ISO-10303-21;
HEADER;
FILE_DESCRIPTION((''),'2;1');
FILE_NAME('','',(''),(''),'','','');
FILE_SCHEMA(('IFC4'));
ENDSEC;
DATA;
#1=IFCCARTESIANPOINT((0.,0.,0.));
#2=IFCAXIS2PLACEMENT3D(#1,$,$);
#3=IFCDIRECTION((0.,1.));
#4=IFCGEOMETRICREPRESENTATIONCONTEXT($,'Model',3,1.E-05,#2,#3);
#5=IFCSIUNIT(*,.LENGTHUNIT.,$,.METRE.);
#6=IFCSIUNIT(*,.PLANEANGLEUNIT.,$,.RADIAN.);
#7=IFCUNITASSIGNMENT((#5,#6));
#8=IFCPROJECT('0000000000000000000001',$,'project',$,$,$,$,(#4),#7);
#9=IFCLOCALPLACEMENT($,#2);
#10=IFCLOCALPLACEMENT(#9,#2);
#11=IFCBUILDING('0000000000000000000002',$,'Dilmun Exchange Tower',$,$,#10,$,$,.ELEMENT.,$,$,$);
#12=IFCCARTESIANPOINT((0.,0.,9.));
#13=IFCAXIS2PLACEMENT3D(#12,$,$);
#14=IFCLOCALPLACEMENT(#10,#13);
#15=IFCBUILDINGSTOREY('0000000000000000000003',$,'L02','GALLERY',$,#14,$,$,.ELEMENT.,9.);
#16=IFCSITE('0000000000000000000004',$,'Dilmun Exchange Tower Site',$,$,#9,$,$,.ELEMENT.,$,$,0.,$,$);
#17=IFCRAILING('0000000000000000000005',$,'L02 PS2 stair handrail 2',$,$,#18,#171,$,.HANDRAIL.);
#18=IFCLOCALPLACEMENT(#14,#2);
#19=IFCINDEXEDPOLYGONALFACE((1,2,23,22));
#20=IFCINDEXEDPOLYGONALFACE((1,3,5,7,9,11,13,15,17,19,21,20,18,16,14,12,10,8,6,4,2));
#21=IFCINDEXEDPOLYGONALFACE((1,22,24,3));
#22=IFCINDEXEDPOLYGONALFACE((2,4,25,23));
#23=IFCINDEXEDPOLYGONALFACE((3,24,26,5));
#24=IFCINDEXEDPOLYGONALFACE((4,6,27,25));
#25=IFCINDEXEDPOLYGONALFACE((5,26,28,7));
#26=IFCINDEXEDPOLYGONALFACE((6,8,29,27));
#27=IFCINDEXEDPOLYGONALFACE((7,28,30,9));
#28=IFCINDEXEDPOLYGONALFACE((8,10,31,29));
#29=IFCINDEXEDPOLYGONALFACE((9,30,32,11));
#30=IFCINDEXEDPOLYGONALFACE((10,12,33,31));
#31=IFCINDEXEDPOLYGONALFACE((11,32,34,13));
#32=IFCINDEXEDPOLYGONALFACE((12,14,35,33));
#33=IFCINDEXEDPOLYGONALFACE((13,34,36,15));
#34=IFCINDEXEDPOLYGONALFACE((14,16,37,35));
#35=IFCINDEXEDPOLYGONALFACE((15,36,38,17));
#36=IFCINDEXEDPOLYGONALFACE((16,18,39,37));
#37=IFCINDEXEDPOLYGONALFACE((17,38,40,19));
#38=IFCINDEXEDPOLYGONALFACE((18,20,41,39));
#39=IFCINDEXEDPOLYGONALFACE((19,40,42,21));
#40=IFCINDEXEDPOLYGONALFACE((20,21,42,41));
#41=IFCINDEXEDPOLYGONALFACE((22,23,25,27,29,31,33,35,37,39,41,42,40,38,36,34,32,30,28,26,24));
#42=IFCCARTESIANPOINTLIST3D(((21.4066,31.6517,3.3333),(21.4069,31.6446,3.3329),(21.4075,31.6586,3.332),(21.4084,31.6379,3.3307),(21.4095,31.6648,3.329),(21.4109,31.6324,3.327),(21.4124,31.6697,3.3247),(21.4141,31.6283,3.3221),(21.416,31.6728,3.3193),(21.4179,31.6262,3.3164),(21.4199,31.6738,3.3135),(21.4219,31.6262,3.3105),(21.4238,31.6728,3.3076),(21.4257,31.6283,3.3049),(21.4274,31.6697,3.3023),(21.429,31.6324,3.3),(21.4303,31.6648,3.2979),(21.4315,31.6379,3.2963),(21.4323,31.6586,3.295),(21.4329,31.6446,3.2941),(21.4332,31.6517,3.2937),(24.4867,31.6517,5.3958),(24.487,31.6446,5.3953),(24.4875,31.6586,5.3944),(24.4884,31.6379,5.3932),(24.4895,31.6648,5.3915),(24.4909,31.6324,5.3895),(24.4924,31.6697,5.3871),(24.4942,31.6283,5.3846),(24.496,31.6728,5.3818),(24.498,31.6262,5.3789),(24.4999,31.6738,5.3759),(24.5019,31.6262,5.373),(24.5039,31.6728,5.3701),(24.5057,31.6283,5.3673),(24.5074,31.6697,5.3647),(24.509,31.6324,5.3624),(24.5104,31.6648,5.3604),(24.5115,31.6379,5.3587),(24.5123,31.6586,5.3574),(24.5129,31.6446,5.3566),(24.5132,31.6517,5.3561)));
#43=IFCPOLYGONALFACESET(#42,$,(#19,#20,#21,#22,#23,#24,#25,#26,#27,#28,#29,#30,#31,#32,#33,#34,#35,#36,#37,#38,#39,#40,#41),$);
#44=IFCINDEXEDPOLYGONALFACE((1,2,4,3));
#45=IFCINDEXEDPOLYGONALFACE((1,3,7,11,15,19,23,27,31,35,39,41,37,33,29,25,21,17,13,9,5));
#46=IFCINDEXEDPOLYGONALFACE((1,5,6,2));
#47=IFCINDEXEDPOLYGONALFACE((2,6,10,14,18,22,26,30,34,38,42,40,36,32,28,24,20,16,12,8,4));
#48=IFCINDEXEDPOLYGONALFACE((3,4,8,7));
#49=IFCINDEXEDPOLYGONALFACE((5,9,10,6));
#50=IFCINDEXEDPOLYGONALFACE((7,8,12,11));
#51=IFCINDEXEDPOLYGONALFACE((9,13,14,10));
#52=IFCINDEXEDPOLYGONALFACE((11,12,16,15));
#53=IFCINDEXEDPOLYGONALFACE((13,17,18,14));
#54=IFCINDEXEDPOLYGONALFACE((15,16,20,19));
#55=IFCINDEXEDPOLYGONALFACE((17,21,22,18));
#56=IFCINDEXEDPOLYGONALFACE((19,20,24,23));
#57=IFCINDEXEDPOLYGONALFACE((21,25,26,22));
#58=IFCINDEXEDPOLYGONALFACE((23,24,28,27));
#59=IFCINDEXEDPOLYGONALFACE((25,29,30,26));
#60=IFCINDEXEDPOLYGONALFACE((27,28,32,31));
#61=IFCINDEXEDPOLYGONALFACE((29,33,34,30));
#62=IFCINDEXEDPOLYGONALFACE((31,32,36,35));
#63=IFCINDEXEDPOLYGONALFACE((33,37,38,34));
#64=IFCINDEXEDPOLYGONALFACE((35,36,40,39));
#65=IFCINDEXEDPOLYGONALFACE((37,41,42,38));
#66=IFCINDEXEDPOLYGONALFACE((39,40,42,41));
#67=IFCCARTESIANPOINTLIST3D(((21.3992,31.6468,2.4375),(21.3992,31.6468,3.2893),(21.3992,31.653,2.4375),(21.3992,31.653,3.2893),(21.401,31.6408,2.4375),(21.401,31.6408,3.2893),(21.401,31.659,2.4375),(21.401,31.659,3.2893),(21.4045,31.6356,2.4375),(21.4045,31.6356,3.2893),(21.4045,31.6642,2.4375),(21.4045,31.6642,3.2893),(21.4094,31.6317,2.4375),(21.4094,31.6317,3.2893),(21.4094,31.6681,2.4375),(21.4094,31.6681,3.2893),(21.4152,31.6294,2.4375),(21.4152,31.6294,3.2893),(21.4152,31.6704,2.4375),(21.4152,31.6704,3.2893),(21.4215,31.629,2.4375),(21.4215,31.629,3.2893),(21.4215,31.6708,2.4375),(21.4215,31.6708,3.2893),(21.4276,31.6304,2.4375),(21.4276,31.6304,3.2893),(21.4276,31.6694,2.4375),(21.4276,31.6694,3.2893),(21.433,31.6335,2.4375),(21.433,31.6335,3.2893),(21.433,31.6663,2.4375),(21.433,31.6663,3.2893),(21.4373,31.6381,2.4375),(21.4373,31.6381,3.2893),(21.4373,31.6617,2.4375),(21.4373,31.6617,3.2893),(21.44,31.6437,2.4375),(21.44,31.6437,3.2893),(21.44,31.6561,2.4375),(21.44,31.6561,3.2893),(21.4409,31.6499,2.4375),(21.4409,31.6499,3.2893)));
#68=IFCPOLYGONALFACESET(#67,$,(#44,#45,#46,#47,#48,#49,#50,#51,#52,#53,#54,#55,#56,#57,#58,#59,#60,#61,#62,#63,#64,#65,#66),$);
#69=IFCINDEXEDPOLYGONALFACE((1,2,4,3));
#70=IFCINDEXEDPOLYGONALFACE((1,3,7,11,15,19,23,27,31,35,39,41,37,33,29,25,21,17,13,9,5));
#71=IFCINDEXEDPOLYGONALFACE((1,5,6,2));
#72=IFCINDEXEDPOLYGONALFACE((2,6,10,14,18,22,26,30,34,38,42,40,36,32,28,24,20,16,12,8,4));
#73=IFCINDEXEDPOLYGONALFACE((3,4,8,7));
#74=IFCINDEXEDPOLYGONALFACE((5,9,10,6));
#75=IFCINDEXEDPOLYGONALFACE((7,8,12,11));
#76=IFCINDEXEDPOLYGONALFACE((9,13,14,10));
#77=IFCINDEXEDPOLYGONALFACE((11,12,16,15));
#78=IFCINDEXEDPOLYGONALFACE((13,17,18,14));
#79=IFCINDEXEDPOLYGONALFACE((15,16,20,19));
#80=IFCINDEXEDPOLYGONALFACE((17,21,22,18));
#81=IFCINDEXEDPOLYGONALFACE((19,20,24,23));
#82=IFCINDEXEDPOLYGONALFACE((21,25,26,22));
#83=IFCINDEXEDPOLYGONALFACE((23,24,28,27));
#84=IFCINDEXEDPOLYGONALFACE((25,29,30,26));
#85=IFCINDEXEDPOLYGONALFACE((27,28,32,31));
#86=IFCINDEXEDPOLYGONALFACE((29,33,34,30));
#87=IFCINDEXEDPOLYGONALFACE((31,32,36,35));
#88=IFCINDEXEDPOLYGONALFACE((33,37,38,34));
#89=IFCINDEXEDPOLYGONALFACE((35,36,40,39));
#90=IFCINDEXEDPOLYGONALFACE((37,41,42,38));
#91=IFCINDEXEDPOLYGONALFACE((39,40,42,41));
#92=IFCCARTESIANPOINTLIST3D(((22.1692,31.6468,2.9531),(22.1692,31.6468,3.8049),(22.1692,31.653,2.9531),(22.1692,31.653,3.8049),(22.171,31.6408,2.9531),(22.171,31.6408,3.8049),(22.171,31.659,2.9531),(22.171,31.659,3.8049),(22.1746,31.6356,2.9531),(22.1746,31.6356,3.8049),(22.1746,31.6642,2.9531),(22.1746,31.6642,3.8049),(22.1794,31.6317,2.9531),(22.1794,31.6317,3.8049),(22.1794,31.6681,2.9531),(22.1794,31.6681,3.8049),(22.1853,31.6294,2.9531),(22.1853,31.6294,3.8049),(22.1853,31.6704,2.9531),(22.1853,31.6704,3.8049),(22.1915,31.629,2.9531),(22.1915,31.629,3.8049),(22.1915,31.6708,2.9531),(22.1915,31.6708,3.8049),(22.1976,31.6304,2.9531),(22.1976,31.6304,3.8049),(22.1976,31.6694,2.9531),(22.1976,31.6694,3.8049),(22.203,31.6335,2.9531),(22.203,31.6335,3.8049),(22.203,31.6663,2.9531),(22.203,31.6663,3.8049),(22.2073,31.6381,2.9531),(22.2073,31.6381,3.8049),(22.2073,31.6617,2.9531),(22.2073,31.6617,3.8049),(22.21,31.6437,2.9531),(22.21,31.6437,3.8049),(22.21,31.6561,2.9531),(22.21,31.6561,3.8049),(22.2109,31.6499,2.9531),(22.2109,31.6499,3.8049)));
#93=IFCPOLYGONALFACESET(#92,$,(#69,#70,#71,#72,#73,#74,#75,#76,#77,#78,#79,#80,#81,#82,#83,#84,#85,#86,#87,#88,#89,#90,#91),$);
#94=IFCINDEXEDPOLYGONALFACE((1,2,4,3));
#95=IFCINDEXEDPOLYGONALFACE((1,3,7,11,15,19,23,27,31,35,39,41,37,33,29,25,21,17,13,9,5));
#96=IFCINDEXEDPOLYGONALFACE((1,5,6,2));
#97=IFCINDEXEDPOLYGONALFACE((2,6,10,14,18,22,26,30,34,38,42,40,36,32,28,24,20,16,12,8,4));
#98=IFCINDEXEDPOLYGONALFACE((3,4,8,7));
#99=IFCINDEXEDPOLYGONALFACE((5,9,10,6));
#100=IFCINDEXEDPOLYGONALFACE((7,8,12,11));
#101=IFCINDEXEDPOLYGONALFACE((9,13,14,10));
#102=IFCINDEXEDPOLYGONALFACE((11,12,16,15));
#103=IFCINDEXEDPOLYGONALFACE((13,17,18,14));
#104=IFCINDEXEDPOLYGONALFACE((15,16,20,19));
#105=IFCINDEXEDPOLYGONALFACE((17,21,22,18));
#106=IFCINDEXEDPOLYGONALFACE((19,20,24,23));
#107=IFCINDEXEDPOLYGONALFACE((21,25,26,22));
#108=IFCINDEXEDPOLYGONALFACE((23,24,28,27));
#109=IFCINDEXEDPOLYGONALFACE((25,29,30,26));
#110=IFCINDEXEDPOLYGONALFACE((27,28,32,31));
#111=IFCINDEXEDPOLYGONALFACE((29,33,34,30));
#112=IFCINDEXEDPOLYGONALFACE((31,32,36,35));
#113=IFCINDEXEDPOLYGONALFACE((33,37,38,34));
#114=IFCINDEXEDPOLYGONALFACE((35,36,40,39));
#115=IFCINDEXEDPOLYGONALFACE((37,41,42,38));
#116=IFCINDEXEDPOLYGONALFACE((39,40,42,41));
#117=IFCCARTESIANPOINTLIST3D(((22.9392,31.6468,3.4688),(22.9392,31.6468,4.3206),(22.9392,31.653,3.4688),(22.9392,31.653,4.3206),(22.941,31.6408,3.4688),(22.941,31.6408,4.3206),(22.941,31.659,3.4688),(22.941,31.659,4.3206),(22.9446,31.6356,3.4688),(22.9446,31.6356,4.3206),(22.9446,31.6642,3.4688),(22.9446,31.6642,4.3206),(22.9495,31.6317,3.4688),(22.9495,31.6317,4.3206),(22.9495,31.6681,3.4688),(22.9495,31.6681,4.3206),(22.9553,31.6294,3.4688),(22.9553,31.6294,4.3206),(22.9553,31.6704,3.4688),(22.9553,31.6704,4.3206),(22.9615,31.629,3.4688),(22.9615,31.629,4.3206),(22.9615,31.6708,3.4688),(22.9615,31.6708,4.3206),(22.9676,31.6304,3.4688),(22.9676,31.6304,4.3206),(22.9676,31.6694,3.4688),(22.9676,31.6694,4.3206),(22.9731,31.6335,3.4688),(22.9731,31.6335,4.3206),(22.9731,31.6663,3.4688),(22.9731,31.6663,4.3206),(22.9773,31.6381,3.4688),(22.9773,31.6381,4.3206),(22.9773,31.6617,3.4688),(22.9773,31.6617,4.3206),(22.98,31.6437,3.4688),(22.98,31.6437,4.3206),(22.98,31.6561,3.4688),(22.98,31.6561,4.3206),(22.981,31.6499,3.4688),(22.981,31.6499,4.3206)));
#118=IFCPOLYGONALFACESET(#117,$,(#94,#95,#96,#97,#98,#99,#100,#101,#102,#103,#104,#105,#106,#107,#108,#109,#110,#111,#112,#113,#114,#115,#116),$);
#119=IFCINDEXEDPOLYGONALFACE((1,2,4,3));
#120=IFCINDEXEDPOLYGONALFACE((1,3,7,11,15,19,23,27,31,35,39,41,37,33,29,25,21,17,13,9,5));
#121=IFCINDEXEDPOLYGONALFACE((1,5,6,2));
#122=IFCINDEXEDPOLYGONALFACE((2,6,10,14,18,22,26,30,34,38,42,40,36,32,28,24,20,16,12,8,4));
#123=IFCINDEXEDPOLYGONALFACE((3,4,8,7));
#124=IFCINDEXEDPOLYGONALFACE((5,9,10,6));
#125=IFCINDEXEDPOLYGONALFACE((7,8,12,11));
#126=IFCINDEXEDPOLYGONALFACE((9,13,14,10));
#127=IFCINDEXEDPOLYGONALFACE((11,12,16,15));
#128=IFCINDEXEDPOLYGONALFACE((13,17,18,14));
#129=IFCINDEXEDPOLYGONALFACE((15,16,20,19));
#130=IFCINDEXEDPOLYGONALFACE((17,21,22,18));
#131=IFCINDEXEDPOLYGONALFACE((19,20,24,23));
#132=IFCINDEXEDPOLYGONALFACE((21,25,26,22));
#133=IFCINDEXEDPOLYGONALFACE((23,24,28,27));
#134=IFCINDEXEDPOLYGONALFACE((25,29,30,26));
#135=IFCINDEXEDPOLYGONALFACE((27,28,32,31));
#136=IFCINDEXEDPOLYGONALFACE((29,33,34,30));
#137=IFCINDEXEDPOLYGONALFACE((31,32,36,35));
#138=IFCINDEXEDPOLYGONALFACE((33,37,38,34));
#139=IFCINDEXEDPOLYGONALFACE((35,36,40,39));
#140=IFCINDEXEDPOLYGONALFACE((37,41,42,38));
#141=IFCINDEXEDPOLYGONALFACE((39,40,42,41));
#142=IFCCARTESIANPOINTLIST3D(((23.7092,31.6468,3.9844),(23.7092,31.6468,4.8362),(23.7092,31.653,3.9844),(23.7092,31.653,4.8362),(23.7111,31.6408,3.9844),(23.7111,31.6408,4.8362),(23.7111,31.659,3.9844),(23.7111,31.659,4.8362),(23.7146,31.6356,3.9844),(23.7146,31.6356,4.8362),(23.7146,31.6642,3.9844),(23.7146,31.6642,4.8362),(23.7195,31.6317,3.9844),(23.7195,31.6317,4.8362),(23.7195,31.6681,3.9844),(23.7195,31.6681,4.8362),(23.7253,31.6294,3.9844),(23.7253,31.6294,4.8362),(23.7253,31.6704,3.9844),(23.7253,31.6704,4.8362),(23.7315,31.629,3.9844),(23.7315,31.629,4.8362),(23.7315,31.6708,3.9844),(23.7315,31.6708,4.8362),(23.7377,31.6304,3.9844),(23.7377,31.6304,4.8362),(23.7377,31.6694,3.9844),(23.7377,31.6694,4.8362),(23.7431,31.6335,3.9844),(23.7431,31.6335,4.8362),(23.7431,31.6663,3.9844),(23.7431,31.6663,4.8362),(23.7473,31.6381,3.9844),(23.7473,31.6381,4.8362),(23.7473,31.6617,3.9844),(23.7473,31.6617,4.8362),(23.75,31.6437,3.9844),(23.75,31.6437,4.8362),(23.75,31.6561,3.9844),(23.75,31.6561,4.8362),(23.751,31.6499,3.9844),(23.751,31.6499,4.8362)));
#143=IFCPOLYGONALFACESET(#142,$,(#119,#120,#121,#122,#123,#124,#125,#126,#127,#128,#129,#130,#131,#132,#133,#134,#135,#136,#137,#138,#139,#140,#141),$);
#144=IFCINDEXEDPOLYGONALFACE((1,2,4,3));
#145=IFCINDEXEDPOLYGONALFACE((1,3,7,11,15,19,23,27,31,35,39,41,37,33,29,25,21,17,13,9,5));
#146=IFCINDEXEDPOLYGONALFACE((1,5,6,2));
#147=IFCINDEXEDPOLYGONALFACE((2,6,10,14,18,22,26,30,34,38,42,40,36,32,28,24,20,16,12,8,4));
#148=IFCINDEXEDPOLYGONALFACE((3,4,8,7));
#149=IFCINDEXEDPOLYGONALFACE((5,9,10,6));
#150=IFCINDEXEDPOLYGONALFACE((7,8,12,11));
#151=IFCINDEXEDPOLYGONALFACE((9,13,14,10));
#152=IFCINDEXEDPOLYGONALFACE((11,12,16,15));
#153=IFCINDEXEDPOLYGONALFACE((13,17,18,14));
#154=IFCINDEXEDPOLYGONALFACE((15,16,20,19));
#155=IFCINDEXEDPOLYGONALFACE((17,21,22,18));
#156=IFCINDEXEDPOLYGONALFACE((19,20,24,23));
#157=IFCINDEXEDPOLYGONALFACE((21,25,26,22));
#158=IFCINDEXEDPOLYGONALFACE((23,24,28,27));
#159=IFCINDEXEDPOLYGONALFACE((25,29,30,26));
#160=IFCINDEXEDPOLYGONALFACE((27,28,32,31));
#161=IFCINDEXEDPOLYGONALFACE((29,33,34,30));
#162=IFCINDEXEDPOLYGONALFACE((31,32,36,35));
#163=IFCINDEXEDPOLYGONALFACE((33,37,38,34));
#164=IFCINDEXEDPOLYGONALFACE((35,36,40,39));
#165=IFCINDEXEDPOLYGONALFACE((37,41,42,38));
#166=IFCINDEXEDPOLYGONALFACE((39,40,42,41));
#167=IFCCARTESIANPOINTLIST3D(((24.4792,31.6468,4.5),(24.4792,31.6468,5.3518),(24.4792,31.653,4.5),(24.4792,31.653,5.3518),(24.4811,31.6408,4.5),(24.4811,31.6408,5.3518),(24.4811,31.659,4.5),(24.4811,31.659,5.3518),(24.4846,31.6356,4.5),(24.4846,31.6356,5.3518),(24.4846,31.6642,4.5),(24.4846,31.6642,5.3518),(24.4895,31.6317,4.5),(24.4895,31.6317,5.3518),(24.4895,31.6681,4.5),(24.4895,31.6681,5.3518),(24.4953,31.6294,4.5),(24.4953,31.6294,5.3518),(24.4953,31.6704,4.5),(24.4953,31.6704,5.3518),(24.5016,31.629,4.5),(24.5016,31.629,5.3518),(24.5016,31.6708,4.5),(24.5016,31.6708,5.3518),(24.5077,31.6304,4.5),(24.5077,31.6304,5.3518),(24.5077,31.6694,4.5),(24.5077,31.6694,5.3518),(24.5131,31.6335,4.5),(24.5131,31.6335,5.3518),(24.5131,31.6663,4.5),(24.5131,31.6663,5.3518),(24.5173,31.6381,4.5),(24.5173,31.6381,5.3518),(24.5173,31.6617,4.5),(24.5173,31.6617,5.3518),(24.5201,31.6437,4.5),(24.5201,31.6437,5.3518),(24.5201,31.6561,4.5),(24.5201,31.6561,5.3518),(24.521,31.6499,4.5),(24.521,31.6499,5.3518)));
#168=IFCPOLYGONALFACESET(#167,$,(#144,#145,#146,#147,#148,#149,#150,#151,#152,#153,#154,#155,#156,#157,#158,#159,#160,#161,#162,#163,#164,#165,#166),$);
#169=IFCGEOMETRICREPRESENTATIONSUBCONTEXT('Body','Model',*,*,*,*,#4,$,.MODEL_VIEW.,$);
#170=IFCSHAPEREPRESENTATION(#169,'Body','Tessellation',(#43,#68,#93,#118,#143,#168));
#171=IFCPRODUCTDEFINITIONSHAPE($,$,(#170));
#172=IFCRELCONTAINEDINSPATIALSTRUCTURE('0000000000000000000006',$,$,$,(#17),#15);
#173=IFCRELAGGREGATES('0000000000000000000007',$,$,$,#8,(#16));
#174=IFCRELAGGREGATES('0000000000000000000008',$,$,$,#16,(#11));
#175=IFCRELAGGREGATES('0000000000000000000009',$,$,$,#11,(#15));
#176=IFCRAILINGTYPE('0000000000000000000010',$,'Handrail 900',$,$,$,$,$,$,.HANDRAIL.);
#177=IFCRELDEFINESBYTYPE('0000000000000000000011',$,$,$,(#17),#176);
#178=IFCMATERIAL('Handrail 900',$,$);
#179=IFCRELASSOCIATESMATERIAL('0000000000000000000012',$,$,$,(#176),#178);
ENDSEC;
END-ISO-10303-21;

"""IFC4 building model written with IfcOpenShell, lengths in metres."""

from ifc_helpers import new_model, si_unit, direction, frame, origin, origin_2d, place, context, subcontext, project, spatial, circle, extrude, material, type_object, element, save


model = new_model("IFC4")

# Units and contexts
model_context = context("Model", 3, precision=1e-05, world=origin(), true_north=direction((0.0, 1.0)))
body_context = subcontext(model_context, "Body", "Model", "MODEL_VIEW")
ifc_project = project(units=[si_unit("LENGTHUNIT", "METRE"), si_unit("PLANEANGLEUNIT", "RADIAN")], contexts=[model_context])

# Site, building, storey
site_placement = place(None, origin())
site = spatial("IfcSite", under=ifc_project, at=site_placement, Name="Dilmun Exchange Tower Site", CompositionType="ELEMENT", RefElevation=0.0)
building_placement = place(site_placement, origin())
building = spatial("IfcBuilding", under=site, at=building_placement, Name="Dilmun Exchange Tower", CompositionType="ELEMENT")
storey_placement = place(building_placement, frame((0.0, 0.0, 9.0)))
storey = spatial("IfcBuildingStorey", under=building, at=storey_placement, Name="L02", Description="GALLERY", CompositionType="ELEMENT", Elevation=9.0)

# Railing
ifc_material_1 = material(Name="Handrail 900")
railing_type_1 = type_object("IfcRailingType", Name="Handrail 900", PredefinedType="HANDRAIL", material=ifc_material_1)
railing_1_placement = place(storey_placement, frame((21.4199, 31.6499, 2.4375)))
element("IfcRailing", 1, at=railing_1_placement, inside=storey, type_object=railing_type_1, Name="L02 PS2 stair handrail 2", PredefinedType="HANDRAIL", context=body_context, shape_type="SweptSolid", body=[
    extrude(circle(Radius=0.0239, at=origin_2d()), frame((0.0, 0.0, 0.876), z_axis=(0.830914, 0.0, 0.556401), x_axis=(0.0, 1.0, 0.0)), (0.0, 0.0, 1.0), 3.7068),
    extrude(circle(Radius=0.021, at=origin_2d()), origin(), (0.0, 0.0, 1.0), 0.8518),
    extrude(circle(Radius=0.021, at=origin_2d()), frame((0.77, 0.0, 0.5156)), (0.0, 0.0, 1.0), 0.8518),
    extrude(circle(Radius=0.021, at=origin_2d()), frame((1.54, 0.0, 1.0312)), (0.0, 0.0, 1.0), 0.8518),
    extrude(circle(Radius=0.021, at=origin_2d()), frame((2.3101, 0.0, 1.5469)), (0.0, 0.0, 1.0), 0.8518),
    extrude(circle(Radius=0.021, at=origin_2d()), frame((3.0801, 0.0, 2.0625)), (0.0, 0.0, 1.0), 0.8518),
])

save(model, "model.ifc")
